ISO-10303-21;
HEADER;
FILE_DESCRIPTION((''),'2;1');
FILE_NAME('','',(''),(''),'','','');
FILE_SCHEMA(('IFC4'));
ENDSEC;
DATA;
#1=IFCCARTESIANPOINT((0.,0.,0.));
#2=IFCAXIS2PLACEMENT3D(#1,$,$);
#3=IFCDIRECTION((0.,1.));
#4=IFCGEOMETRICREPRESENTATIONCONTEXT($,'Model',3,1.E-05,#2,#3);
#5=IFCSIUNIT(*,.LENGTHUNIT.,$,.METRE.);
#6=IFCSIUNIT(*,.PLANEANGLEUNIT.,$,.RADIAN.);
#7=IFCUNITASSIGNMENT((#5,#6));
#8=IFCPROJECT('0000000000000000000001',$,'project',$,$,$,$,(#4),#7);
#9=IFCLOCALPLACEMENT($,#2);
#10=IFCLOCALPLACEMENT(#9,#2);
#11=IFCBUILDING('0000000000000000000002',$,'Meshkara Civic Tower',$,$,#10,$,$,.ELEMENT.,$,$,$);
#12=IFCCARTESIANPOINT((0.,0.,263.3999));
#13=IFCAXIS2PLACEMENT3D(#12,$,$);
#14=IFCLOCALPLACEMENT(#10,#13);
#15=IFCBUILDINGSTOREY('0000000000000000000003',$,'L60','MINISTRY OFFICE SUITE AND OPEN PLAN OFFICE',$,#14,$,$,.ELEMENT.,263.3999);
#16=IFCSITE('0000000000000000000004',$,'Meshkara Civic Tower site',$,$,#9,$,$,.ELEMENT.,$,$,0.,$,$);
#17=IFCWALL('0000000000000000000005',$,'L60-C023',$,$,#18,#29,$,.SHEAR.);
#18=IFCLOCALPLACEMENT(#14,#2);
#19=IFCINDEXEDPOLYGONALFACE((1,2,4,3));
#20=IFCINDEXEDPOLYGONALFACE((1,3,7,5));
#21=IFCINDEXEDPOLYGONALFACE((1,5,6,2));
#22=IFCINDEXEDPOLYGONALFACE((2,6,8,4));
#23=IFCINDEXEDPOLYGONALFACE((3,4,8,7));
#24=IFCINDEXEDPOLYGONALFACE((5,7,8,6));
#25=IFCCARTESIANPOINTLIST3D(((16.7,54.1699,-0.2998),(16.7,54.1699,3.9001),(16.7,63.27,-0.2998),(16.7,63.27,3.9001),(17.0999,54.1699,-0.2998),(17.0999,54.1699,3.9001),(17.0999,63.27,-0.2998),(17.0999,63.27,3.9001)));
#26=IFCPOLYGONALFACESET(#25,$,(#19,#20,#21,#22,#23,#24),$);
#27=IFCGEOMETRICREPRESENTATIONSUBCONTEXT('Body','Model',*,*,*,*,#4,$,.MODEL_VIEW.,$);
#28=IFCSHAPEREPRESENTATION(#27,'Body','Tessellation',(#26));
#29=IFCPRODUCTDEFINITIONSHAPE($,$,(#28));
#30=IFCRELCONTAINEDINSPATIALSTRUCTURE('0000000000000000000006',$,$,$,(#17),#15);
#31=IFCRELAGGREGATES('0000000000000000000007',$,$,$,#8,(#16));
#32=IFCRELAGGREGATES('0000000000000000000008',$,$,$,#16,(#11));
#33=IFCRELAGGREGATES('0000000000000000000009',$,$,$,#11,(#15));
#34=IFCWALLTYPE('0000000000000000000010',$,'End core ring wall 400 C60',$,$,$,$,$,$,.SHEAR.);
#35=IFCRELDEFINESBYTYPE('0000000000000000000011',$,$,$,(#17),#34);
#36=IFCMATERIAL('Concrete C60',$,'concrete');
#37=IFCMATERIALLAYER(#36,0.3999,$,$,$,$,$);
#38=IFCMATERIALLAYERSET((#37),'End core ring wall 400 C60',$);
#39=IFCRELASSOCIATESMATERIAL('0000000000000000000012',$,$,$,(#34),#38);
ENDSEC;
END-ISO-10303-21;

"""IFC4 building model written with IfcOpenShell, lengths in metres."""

from ifc_helpers import new_model, si_unit, direction, frame, frame_2d, origin, place, context, subcontext, project, spatial, rectangle, extrude, material, layer, layer_set, type_object, element, save


model = new_model("IFC4")

# Units and contexts
model_context = context("Model", 3, precision=1e-05, world=origin(), true_north=direction((0.0, 1.0)))
body_context = subcontext(model_context, "Body", "Model", "MODEL_VIEW")
ifc_project = project(units=[si_unit("LENGTHUNIT", "METRE"), si_unit("PLANEANGLEUNIT", "RADIAN")], contexts=[model_context])

# Site, building, storey
site_placement = place(None, origin())
site = spatial("IfcSite", under=ifc_project, at=site_placement, Name="Meshkara Civic Tower site", CompositionType="ELEMENT", RefElevation=0.0)
building_placement = place(site_placement, origin())
building = spatial("IfcBuilding", under=site, at=building_placement, Name="Meshkara Civic Tower", CompositionType="ELEMENT")
storey_placement = place(building_placement, frame((0.0, 0.0, 263.3999)))
storey = spatial("IfcBuildingStorey", under=building, at=storey_placement, Name="L60", Description="MINISTRY OFFICE SUITE AND OPEN PLAN OFFICE", CompositionType="ELEMENT", Elevation=263.3999)

# Wall
ifc_material_1 = material(Name="Concrete C60", Category="concrete")
ifc_layer_1 = layer(ifc_material_1, 0.3999)
ifc_layer_set_1 = layer_set([ifc_layer_1], Name="End core ring wall 400 C60")
wall_type_1 = type_object("IfcWallType", Name="End core ring wall 400 C60", PredefinedType="SHEAR", material=ifc_layer_set_1)
wall_1_placement = place(storey_placement, frame((16.8999, 54.1699, -0.2998), z_axis=(0.0, 0.0, 1.0), x_axis=(0.0, 1.0, 0.0)))
element("IfcWall", 1, at=wall_1_placement, inside=storey, type_object=wall_type_1, Name="L60-C023", PredefinedType="SHEAR", context=body_context, shape_type="SweptSolid", body=[
    extrude(rectangle(XDim=9.1001, YDim=0.3999, at=frame_2d((4.55, 0.0))), origin(), (0.0, 0.0, 1.0), 4.2),
])

save(model, "model.ifc")
